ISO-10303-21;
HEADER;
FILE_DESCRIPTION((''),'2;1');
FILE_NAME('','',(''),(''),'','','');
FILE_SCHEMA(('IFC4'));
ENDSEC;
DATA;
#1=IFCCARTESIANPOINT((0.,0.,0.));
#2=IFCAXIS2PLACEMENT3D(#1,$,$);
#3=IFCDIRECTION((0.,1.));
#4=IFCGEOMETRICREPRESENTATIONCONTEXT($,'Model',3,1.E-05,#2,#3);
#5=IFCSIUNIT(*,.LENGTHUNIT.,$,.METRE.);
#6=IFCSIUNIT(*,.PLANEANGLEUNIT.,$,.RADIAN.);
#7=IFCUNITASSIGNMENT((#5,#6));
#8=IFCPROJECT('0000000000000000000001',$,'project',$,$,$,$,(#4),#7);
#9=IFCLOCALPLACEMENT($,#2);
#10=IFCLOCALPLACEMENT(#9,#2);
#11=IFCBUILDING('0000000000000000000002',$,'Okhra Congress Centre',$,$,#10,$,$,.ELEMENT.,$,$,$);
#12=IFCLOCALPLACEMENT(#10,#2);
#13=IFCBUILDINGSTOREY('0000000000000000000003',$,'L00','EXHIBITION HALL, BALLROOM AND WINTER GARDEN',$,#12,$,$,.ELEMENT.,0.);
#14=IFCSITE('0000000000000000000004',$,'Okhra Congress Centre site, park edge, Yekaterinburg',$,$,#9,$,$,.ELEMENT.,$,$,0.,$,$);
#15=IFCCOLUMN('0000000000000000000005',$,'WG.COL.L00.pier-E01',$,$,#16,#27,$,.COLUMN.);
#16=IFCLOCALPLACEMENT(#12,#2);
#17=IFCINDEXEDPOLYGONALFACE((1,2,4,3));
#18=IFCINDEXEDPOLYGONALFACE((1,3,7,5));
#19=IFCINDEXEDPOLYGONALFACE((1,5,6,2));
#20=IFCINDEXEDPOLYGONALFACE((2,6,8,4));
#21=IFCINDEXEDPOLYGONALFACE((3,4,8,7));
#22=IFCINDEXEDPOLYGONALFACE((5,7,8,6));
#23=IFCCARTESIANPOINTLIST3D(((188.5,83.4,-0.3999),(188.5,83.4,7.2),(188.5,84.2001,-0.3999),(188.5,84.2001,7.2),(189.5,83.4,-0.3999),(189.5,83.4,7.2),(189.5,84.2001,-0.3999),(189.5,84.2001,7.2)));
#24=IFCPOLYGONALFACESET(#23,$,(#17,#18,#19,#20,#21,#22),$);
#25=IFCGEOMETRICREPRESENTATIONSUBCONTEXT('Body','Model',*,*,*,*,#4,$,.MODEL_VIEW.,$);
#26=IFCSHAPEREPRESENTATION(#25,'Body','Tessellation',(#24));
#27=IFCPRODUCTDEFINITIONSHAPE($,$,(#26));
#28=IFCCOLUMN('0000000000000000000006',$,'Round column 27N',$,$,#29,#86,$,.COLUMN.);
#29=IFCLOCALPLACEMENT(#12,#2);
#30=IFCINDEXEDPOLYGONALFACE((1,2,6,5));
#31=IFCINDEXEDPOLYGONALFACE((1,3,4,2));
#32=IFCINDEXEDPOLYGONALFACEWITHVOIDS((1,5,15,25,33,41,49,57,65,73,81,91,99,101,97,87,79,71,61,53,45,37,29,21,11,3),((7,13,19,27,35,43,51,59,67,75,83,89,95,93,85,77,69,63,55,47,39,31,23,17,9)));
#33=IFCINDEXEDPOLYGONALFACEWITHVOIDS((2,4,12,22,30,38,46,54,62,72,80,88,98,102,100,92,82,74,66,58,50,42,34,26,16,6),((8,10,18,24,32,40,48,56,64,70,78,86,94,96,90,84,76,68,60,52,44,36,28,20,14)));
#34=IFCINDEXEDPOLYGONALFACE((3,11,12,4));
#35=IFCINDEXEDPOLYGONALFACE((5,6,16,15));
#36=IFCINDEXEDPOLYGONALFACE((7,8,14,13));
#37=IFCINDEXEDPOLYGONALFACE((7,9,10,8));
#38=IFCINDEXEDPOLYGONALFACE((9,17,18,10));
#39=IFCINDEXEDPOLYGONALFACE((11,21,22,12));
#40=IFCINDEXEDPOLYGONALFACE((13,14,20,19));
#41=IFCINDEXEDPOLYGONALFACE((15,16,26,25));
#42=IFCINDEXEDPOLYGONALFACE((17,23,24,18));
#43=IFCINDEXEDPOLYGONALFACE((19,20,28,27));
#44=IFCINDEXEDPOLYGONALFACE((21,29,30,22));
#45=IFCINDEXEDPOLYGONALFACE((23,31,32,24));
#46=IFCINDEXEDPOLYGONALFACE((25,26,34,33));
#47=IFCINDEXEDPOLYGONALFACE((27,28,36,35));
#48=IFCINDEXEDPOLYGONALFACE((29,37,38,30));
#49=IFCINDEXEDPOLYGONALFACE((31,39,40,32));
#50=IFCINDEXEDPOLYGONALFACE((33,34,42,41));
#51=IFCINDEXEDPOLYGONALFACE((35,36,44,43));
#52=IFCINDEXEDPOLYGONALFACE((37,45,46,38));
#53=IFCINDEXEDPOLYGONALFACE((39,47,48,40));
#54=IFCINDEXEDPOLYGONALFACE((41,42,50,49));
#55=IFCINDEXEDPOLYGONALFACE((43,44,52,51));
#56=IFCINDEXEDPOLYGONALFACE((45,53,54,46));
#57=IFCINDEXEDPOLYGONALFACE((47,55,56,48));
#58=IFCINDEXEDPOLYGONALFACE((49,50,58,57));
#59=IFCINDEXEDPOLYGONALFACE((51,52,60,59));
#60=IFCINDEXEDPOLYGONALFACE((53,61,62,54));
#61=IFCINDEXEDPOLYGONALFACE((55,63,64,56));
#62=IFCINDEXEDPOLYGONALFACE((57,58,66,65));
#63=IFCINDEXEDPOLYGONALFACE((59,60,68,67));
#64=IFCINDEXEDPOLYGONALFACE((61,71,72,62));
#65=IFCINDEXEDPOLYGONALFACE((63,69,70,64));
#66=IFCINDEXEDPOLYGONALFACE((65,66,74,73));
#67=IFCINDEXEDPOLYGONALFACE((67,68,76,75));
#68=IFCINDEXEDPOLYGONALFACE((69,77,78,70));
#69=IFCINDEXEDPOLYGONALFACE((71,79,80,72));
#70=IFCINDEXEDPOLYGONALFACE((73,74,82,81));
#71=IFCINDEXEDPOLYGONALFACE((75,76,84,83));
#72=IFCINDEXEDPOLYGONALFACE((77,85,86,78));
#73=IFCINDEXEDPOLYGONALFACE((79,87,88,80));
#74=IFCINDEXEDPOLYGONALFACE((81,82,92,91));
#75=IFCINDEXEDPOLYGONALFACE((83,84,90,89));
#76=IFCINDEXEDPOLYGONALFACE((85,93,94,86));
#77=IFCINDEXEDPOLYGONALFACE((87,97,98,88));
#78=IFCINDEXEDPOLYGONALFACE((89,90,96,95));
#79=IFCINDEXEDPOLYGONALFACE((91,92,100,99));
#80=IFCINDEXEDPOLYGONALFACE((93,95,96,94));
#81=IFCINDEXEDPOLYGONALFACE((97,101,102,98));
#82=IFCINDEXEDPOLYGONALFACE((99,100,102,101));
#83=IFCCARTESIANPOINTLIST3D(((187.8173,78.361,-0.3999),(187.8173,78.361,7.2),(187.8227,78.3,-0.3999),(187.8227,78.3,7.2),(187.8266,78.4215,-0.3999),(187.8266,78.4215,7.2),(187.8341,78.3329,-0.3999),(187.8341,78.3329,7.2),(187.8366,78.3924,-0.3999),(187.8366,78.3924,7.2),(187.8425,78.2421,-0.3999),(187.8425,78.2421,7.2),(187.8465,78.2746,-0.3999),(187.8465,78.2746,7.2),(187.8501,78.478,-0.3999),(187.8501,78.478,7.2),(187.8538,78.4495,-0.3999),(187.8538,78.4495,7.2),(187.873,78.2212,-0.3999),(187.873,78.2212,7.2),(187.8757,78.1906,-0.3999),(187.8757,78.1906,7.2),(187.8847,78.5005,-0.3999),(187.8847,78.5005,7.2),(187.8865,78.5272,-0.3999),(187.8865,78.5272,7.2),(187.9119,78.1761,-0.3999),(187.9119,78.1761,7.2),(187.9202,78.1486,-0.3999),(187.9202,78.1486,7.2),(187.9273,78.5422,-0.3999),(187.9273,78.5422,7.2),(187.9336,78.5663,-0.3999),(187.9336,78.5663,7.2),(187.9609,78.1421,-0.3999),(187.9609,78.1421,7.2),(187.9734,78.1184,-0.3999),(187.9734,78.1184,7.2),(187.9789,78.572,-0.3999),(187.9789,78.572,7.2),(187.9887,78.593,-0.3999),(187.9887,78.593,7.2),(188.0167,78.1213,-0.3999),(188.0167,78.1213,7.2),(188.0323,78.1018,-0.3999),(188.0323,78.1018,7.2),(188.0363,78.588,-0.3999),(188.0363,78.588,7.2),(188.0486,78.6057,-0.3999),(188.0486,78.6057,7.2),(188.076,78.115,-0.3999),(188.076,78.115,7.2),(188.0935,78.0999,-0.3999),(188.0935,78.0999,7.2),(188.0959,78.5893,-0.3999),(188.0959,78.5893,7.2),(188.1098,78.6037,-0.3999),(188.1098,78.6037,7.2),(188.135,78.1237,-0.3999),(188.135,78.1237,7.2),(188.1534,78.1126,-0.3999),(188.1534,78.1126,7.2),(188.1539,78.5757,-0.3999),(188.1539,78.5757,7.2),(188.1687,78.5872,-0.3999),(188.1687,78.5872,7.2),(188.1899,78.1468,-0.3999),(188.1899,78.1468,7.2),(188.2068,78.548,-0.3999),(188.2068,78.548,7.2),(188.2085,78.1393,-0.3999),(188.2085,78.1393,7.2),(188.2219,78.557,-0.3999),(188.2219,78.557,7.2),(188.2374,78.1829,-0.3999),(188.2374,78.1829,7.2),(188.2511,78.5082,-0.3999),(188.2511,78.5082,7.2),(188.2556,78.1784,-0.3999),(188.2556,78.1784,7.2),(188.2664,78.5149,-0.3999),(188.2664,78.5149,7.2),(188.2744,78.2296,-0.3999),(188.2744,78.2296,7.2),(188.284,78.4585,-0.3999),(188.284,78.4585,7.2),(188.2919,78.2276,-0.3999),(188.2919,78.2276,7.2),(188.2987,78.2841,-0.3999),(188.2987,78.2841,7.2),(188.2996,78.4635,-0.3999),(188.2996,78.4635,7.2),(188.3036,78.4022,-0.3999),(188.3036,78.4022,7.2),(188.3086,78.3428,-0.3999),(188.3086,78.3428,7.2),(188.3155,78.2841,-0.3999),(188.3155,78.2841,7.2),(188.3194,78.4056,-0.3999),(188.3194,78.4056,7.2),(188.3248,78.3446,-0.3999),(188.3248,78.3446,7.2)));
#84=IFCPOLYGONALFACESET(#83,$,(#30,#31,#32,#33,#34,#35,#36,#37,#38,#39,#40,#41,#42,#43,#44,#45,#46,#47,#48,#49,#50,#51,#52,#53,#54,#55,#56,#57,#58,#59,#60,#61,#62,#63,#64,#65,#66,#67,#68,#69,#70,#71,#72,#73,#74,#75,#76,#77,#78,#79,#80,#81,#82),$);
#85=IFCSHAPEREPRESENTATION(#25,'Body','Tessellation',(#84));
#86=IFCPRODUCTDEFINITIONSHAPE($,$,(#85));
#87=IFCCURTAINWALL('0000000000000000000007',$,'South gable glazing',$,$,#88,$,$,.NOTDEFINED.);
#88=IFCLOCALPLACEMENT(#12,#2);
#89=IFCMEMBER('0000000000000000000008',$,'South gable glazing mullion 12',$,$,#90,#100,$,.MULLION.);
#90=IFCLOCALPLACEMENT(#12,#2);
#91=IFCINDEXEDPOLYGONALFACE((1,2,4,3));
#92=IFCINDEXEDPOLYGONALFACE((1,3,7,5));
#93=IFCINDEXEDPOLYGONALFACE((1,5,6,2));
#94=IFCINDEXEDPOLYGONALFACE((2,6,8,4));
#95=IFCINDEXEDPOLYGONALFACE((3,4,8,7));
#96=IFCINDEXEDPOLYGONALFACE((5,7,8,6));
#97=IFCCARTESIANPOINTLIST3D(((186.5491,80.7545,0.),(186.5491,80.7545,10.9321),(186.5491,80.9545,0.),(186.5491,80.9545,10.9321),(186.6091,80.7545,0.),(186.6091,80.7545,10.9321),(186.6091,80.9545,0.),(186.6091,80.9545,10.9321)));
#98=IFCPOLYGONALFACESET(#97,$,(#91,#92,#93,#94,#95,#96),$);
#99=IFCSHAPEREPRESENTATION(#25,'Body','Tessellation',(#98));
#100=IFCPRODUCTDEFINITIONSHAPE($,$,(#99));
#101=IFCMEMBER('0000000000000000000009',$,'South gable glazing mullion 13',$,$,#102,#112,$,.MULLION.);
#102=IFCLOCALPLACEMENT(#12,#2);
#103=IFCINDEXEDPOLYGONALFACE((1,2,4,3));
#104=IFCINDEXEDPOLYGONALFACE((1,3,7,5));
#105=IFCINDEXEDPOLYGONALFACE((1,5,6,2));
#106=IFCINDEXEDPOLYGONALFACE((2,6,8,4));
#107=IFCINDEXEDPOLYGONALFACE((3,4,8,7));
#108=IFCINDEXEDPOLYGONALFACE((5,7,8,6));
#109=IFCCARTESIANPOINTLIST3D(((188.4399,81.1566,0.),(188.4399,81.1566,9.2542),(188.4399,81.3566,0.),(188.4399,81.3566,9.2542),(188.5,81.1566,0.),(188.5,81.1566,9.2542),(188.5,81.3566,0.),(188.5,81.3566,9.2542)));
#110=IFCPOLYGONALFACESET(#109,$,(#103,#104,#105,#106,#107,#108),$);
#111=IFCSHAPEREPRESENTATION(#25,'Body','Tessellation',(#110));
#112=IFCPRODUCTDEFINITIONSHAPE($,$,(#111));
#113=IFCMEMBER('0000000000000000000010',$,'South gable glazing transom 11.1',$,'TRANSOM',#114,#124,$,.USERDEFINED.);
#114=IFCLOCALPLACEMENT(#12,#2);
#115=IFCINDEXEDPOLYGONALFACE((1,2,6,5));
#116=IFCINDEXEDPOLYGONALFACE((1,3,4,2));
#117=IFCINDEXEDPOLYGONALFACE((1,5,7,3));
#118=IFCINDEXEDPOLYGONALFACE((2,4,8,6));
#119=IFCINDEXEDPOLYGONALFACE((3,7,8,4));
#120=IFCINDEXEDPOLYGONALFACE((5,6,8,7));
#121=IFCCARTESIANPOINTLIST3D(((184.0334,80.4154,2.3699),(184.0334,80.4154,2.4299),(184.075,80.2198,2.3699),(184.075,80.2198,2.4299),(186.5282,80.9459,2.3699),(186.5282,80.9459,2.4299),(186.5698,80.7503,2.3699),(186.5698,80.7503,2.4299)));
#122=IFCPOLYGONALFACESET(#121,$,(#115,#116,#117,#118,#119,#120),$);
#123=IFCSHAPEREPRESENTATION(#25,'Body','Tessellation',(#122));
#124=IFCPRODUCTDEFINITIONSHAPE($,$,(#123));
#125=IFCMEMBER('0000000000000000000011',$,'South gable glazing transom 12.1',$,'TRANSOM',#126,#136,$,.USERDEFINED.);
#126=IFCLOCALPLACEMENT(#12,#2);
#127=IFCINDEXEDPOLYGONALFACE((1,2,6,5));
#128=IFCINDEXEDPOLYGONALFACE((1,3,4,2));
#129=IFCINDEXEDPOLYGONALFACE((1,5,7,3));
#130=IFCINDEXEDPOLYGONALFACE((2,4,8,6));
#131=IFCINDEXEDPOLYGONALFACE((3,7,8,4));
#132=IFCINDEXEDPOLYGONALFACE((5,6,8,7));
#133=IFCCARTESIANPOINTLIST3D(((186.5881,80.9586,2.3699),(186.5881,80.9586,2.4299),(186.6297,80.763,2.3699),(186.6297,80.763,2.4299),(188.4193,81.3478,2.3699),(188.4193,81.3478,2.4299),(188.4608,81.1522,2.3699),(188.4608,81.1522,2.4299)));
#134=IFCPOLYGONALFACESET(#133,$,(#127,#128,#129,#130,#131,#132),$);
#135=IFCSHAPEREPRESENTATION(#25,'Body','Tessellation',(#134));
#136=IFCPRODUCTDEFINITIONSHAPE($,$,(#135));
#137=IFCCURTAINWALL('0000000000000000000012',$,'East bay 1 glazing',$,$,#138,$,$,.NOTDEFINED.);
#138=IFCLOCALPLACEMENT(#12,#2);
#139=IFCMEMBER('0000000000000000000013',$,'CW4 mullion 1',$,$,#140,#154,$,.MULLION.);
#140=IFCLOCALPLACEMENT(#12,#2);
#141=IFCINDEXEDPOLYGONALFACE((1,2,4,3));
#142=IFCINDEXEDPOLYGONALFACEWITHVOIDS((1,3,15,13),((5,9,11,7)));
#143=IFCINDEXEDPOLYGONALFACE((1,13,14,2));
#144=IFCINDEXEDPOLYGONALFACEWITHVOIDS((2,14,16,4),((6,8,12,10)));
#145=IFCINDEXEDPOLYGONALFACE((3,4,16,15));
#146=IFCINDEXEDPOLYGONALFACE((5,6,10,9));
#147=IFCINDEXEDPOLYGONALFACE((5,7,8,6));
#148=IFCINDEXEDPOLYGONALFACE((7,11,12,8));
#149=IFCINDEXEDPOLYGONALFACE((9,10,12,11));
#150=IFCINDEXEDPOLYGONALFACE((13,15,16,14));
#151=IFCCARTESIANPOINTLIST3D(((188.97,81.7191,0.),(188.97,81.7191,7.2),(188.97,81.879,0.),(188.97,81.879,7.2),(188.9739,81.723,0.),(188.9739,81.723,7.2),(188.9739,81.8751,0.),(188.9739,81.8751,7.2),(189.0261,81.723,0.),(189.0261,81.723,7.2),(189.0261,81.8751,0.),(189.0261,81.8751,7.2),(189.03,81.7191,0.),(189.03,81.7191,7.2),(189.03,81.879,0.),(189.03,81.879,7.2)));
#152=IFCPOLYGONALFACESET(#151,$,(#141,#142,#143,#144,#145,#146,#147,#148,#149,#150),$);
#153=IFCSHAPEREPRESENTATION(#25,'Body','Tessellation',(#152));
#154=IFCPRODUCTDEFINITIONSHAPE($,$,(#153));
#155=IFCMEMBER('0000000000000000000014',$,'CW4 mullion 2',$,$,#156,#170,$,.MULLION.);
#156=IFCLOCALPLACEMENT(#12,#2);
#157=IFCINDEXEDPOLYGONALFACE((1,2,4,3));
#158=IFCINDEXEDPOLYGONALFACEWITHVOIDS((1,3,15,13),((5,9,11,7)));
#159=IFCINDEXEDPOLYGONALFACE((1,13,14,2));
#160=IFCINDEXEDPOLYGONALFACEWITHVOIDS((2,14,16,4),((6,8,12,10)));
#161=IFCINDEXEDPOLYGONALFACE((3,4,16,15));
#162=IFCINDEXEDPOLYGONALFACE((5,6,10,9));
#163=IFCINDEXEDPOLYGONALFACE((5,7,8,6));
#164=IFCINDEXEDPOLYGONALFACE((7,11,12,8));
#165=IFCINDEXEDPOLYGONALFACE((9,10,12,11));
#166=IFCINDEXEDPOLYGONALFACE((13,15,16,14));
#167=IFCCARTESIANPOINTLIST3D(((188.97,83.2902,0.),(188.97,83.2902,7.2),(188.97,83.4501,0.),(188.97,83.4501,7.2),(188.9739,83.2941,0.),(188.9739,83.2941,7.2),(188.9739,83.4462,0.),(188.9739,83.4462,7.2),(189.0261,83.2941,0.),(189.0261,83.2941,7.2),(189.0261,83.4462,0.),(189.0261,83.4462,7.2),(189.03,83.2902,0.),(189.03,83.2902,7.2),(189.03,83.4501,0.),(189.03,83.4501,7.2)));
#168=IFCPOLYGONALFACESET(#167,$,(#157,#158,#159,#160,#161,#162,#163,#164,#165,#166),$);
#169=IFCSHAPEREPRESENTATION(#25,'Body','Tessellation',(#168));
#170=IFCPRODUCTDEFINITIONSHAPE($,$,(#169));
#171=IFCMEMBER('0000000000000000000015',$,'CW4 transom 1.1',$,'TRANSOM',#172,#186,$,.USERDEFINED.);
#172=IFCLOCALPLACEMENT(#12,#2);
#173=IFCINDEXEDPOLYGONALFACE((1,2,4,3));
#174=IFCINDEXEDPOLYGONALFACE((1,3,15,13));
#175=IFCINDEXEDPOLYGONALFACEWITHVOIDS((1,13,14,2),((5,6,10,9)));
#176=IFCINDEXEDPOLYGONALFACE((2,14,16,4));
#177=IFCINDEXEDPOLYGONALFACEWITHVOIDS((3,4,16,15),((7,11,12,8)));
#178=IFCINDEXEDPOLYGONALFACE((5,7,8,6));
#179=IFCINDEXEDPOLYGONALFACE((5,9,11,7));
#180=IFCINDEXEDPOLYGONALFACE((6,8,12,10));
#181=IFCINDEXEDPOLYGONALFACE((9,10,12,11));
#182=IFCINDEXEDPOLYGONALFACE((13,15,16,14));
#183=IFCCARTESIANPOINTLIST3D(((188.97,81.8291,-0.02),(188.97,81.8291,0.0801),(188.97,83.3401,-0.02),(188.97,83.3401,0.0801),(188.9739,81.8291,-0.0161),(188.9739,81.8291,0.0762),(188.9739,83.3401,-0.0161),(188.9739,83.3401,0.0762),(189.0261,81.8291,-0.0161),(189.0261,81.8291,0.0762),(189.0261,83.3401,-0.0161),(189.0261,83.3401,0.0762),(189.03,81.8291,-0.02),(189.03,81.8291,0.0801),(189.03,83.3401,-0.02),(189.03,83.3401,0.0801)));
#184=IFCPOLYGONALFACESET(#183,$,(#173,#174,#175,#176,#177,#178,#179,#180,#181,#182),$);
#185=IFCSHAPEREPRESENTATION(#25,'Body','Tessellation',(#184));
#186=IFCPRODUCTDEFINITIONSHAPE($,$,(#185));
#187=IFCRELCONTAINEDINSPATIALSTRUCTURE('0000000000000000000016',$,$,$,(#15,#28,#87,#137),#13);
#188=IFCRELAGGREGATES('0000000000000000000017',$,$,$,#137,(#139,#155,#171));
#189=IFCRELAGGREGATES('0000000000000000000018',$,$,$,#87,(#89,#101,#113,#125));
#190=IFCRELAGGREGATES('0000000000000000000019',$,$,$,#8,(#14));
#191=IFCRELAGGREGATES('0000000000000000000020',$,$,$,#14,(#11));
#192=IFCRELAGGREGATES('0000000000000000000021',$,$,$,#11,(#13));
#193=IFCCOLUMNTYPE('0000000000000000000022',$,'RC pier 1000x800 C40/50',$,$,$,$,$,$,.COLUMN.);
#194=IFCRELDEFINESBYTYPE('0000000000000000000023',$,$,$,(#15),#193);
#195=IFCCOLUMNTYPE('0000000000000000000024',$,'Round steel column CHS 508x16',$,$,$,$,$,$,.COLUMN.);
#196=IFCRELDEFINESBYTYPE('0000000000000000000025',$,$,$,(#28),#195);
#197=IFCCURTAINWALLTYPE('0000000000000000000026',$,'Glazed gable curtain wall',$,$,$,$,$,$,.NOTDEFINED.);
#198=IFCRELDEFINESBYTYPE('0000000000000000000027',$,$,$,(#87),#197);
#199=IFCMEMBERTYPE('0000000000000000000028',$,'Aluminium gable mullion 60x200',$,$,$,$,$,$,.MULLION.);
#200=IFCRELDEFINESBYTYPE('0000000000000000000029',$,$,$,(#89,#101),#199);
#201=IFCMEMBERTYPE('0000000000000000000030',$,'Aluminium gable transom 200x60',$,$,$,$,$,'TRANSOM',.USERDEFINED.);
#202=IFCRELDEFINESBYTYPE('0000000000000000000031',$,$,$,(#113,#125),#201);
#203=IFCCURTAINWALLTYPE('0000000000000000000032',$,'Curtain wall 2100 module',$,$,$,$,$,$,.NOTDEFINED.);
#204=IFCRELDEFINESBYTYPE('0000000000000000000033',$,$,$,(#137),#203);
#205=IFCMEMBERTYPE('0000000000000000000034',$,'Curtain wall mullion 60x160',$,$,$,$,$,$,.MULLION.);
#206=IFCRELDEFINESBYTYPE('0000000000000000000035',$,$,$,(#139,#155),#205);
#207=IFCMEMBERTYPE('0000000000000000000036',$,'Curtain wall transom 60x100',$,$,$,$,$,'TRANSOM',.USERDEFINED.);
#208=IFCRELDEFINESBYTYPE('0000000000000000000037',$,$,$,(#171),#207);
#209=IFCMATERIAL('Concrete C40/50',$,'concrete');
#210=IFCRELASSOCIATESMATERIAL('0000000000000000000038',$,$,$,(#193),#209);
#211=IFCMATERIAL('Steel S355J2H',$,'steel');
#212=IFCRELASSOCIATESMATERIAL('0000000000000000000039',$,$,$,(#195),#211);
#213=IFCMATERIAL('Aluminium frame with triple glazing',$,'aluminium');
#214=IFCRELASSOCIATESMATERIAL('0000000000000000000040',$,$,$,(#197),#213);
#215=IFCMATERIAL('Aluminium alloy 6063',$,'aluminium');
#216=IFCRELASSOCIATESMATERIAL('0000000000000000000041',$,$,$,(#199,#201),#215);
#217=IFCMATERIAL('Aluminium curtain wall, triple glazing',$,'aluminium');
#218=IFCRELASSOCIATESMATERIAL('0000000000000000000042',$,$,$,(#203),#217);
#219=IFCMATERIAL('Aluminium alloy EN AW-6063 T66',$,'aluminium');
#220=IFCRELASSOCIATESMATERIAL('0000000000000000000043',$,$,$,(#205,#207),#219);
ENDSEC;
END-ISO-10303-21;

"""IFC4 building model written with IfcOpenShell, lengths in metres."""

from ifc_helpers import new_model, si_unit, direction, frame, origin, origin_2d, place, context, subcontext, project, spatial, rectangle, hollow_rectangle, hollow_circle, extrude, material, material_profile, profile_set, type_object, element, aggregate, save


model = new_model("IFC4")

# Units and contexts
model_context = context("Model", 3, precision=1e-05, world=origin(), true_north=direction((0.0, 1.0)))
body_context = subcontext(model_context, "Body", "Model", "MODEL_VIEW")
ifc_project = project(units=[si_unit("LENGTHUNIT", "METRE"), si_unit("PLANEANGLEUNIT", "RADIAN")], contexts=[model_context])

# Site, building, storey
site_placement = place(None, origin())
site = spatial("IfcSite", under=ifc_project, at=site_placement, Name="Okhra Congress Centre site, park edge, Yekaterinburg", CompositionType="ELEMENT", RefElevation=0.0)
building_placement = place(site_placement, origin())
building = spatial("IfcBuilding", under=site, at=building_placement, Name="Okhra Congress Centre", CompositionType="ELEMENT")
storey_placement = place(building_placement, origin())
storey = spatial("IfcBuildingStorey", under=building, at=storey_placement, Name="L00", Description="EXHIBITION HALL, BALLROOM AND WINTER GARDEN", CompositionType="ELEMENT", Elevation=0.0)

# Columns
ifc_material_1 = material(Name="Concrete C40/50", Category="concrete")
ifc_material_profile_1 = material_profile(ifc_material_1, rectangle(XDim=1.0, YDim=0.8, at=origin_2d()), Name="RC 1000x800")
ifc_profile_set_1 = profile_set([ifc_material_profile_1], Name="Concrete C40/50")
column_type_1 = type_object("IfcColumnType", Name="RC pier 1000x800 C40/50", PredefinedType="COLUMN", material=ifc_profile_set_1)
for number, where, z_axis, x_axis, name in (
    (1, (189.0, 83.8, -0.3999), (0.0, 0.0, 1.0), (1.0, 0.0, 0.0), "WG.COL.L00.pier-E01"),
):
    element("IfcColumn", number, at=place(storey_placement, frame(where, z_axis=z_axis, x_axis=x_axis)), inside=storey, type_object=column_type_1, Name=name, PredefinedType="COLUMN", context=body_context, shape_type="SweptSolid", body=[
        extrude(rectangle(XDim=1.0, YDim=0.8, at=origin_2d()), origin(), (0.0, 0.0, 1.0), 7.5999),
    ])
ifc_material_2 = material(Name="Steel S355J2H", Category="steel")
ifc_material_profile_2 = material_profile(ifc_material_2, hollow_circle(Radius=0.2539, WallThickness=0.0161, at=origin_2d()), Name="CHS 508x16")
ifc_profile_set_2 = profile_set([ifc_material_profile_2], Name="Steel S355J2H")
column_type_2 = type_object("IfcColumnType", Name="Round steel column CHS 508x16", PredefinedType="COLUMN", material=ifc_profile_set_2)
column_placement = place(storey_placement, frame((188.071, 78.3528, -0.3999), z_axis=(0.0, 0.0, 1.0), x_axis=(0.978148, 0.207912, 0.0)))
element("IfcColumn", 2, at=column_placement, inside=storey, type_object=column_type_2, Name="Round column 27N", PredefinedType="COLUMN", context=body_context, shape_type="SweptSolid", body=[
    extrude(hollow_circle(Radius=0.2539, WallThickness=0.0161, at=origin_2d()), origin(), (0.0, 0.0, 1.0), 7.5999),
])

# Curtain wall, members
ifc_material_3 = material(Name="Aluminium frame with triple glazing", Category="aluminium")
curtain_wall_type_1 = type_object("IfcCurtainWallType", Name="Glazed gable curtain wall", PredefinedType="NOTDEFINED", material=ifc_material_3)
curtain_wall_1_placement = place(storey_placement, origin())
curtain_wall_1 = element("IfcCurtainWall", 3, at=curtain_wall_1_placement, inside=storey, type_object=curtain_wall_type_1, Name="South gable glazing", PredefinedType="NOTDEFINED")
ifc_material_4 = material(Name="Aluminium alloy 6063", Category="aluminium")
ifc_material_profile_3 = material_profile(ifc_material_4, rectangle(XDim=0.0601, YDim=0.2, at=origin_2d()), Name="AL 60x200 gable")
ifc_profile_set_3 = profile_set([ifc_material_profile_3], Name="Aluminium alloy 6063")
member_type_1 = type_object("IfcMemberType", Name="Aluminium gable mullion 60x200", PredefinedType="MULLION", material=ifc_profile_set_3)
member_1_placement = place(storey_placement, frame((186.5791, 80.8545, 0.0), z_axis=(0.0, 0.0, 1.0), x_axis=(1.0, 0.0, 0.0)))
member_1 = element("IfcMember", 4, at=member_1_placement, type_object=member_type_1, Name="South gable glazing mullion 12", PredefinedType="MULLION", context=body_context, shape_type="SweptSolid", body=[
    extrude(rectangle(XDim=0.0601, YDim=0.2, at=origin_2d()), origin(), (0.0, 0.0, 1.0), 10.9321),
])
member_2_placement = place(storey_placement, frame((188.47, 81.2566, 0.0), z_axis=(0.0, 0.0, 1.0), x_axis=(1.0, 0.0, 0.0)))
member_2 = element("IfcMember", 5, at=member_2_placement, type_object=member_type_1, Name="South gable glazing mullion 13", PredefinedType="MULLION", context=body_context, shape_type="SweptSolid", body=[
    extrude(rectangle(XDim=0.0601, YDim=0.2, at=origin_2d()), origin(), (0.0, 0.0, 1.0), 9.2542),
])
ifc_material_profile_4 = material_profile(ifc_material_4, rectangle(XDim=0.2, YDim=0.0601, at=origin_2d()), Name="AL 200x60 gable transom")
ifc_profile_set_4 = profile_set([ifc_material_profile_4], Name="Aluminium alloy 6063")
member_type_2 = type_object("IfcMemberType", Name="Aluminium gable transom 200x60", ElementType="TRANSOM", PredefinedType="USERDEFINED", material=ifc_profile_set_4)
member_3_placement = place(storey_placement, frame((184.0542, 80.3176, 2.3999), z_axis=(0.97813, 0.207993, 0.0), x_axis=(-0.207993, 0.97813, 0.0)))
member_3 = element("IfcMember", 6, at=member_3_placement, type_object=member_type_2, Name="South gable glazing transom 11.1", ObjectType="TRANSOM", PredefinedType="USERDEFINED", context=body_context, shape_type="SweptSolid", body=[
    extrude(rectangle(XDim=0.2, YDim=0.0601, at=origin_2d()), origin(), (0.0, 0.0, 1.0), 2.5505),
])
member_4_placement = place(storey_placement, frame((186.6089, 80.8608, 2.3999), z_axis=(0.978152, 0.20789, 0.0), x_axis=(-0.20789, 0.978152, 0.0)))
member_4 = element("IfcMember", 7, at=member_4_placement, type_object=member_type_2, Name="South gable glazing transom 12.1", ObjectType="TRANSOM", PredefinedType="USERDEFINED", context=body_context, shape_type="SweptSolid", body=[
    extrude(rectangle(XDim=0.2, YDim=0.0601, at=origin_2d()), origin(), (0.0, 0.0, 1.0), 1.8721),
])

# Curtain wall, members
ifc_material_5 = material(Name="Aluminium curtain wall, triple glazing", Category="aluminium")
curtain_wall_type_2 = type_object("IfcCurtainWallType", Name="Curtain wall 2100 module", PredefinedType="NOTDEFINED", material=ifc_material_5)
curtain_wall_2_placement = place(storey_placement, origin())
curtain_wall_2 = element("IfcCurtainWall", 8, at=curtain_wall_2_placement, inside=storey, type_object=curtain_wall_type_2, Name="East bay 1 glazing", PredefinedType="NOTDEFINED")
ifc_material_6 = material(Name="Aluminium alloy EN AW-6063 T66", Category="aluminium")
ifc_material_profile_5 = material_profile(ifc_material_6, hollow_rectangle(XDim=0.0601, YDim=0.1599, WallThickness=0.0039, at=origin_2d()), Name="RHS 60x160x4")
ifc_profile_set_5 = profile_set([ifc_material_profile_5], Name="Aluminium alloy EN AW-6063 T66")
member_type_3 = type_object("IfcMemberType", Name="Curtain wall mullion 60x160", PredefinedType="MULLION", material=ifc_profile_set_5)
member_5_placement = place(storey_placement, frame((189.0, 81.7991, 0.0), z_axis=(0.0, 0.0, 1.0), x_axis=(-1.0, 0.0, 0.0)))
member_5 = element("IfcMember", 9, at=member_5_placement, type_object=member_type_3, Name="CW4 mullion 1", PredefinedType="MULLION", context=body_context, shape_type="SweptSolid", body=[
    extrude(hollow_rectangle(XDim=0.0601, YDim=0.1599, WallThickness=0.0039, at=origin_2d()), origin(), (0.0, 0.0, 1.0), 7.2),
])
member_6_placement = place(storey_placement, frame((189.0, 83.3701, 0.0), z_axis=(0.0, 0.0, 1.0), x_axis=(-1.0, 0.0, 0.0)))
member_6 = element("IfcMember", 10, at=member_6_placement, type_object=member_type_3, Name="CW4 mullion 2", PredefinedType="MULLION", context=body_context, shape_type="SweptSolid", body=[
    extrude(hollow_rectangle(XDim=0.0601, YDim=0.1599, WallThickness=0.0039, at=origin_2d()), origin(), (0.0, 0.0, 1.0), 7.2),
])
ifc_material_profile_6 = material_profile(ifc_material_6, hollow_rectangle(XDim=0.0601, YDim=0.1001, WallThickness=0.0039, at=origin_2d()), Name="RHS 60x100x4")
ifc_profile_set_6 = profile_set([ifc_material_profile_6], Name="Aluminium alloy EN AW-6063 T66")
member_type_4 = type_object("IfcMemberType", Name="Curtain wall transom 60x100", ElementType="TRANSOM", PredefinedType="USERDEFINED", material=ifc_profile_set_6)
member_7_placement = place(storey_placement, frame((189.0, 81.8291, 0.03), z_axis=(0.0, 1.0, 0.0), x_axis=(-1.0, 0.0, 0.0)))
member_7 = element("IfcMember", 11, at=member_7_placement, type_object=member_type_4, Name="CW4 transom 1.1", ObjectType="TRANSOM", PredefinedType="USERDEFINED", context=body_context, shape_type="SweptSolid", body=[
    extrude(hollow_rectangle(XDim=0.0601, YDim=0.1001, WallThickness=0.0039, at=origin_2d()), origin(), (0.0, 0.0, 1.0), 1.511),
])
aggregate(curtain_wall_2, [member_5, member_6, member_7])

aggregate(curtain_wall_1, [member_1, member_2, member_3, member_4])

save(model, "model.ifc")
